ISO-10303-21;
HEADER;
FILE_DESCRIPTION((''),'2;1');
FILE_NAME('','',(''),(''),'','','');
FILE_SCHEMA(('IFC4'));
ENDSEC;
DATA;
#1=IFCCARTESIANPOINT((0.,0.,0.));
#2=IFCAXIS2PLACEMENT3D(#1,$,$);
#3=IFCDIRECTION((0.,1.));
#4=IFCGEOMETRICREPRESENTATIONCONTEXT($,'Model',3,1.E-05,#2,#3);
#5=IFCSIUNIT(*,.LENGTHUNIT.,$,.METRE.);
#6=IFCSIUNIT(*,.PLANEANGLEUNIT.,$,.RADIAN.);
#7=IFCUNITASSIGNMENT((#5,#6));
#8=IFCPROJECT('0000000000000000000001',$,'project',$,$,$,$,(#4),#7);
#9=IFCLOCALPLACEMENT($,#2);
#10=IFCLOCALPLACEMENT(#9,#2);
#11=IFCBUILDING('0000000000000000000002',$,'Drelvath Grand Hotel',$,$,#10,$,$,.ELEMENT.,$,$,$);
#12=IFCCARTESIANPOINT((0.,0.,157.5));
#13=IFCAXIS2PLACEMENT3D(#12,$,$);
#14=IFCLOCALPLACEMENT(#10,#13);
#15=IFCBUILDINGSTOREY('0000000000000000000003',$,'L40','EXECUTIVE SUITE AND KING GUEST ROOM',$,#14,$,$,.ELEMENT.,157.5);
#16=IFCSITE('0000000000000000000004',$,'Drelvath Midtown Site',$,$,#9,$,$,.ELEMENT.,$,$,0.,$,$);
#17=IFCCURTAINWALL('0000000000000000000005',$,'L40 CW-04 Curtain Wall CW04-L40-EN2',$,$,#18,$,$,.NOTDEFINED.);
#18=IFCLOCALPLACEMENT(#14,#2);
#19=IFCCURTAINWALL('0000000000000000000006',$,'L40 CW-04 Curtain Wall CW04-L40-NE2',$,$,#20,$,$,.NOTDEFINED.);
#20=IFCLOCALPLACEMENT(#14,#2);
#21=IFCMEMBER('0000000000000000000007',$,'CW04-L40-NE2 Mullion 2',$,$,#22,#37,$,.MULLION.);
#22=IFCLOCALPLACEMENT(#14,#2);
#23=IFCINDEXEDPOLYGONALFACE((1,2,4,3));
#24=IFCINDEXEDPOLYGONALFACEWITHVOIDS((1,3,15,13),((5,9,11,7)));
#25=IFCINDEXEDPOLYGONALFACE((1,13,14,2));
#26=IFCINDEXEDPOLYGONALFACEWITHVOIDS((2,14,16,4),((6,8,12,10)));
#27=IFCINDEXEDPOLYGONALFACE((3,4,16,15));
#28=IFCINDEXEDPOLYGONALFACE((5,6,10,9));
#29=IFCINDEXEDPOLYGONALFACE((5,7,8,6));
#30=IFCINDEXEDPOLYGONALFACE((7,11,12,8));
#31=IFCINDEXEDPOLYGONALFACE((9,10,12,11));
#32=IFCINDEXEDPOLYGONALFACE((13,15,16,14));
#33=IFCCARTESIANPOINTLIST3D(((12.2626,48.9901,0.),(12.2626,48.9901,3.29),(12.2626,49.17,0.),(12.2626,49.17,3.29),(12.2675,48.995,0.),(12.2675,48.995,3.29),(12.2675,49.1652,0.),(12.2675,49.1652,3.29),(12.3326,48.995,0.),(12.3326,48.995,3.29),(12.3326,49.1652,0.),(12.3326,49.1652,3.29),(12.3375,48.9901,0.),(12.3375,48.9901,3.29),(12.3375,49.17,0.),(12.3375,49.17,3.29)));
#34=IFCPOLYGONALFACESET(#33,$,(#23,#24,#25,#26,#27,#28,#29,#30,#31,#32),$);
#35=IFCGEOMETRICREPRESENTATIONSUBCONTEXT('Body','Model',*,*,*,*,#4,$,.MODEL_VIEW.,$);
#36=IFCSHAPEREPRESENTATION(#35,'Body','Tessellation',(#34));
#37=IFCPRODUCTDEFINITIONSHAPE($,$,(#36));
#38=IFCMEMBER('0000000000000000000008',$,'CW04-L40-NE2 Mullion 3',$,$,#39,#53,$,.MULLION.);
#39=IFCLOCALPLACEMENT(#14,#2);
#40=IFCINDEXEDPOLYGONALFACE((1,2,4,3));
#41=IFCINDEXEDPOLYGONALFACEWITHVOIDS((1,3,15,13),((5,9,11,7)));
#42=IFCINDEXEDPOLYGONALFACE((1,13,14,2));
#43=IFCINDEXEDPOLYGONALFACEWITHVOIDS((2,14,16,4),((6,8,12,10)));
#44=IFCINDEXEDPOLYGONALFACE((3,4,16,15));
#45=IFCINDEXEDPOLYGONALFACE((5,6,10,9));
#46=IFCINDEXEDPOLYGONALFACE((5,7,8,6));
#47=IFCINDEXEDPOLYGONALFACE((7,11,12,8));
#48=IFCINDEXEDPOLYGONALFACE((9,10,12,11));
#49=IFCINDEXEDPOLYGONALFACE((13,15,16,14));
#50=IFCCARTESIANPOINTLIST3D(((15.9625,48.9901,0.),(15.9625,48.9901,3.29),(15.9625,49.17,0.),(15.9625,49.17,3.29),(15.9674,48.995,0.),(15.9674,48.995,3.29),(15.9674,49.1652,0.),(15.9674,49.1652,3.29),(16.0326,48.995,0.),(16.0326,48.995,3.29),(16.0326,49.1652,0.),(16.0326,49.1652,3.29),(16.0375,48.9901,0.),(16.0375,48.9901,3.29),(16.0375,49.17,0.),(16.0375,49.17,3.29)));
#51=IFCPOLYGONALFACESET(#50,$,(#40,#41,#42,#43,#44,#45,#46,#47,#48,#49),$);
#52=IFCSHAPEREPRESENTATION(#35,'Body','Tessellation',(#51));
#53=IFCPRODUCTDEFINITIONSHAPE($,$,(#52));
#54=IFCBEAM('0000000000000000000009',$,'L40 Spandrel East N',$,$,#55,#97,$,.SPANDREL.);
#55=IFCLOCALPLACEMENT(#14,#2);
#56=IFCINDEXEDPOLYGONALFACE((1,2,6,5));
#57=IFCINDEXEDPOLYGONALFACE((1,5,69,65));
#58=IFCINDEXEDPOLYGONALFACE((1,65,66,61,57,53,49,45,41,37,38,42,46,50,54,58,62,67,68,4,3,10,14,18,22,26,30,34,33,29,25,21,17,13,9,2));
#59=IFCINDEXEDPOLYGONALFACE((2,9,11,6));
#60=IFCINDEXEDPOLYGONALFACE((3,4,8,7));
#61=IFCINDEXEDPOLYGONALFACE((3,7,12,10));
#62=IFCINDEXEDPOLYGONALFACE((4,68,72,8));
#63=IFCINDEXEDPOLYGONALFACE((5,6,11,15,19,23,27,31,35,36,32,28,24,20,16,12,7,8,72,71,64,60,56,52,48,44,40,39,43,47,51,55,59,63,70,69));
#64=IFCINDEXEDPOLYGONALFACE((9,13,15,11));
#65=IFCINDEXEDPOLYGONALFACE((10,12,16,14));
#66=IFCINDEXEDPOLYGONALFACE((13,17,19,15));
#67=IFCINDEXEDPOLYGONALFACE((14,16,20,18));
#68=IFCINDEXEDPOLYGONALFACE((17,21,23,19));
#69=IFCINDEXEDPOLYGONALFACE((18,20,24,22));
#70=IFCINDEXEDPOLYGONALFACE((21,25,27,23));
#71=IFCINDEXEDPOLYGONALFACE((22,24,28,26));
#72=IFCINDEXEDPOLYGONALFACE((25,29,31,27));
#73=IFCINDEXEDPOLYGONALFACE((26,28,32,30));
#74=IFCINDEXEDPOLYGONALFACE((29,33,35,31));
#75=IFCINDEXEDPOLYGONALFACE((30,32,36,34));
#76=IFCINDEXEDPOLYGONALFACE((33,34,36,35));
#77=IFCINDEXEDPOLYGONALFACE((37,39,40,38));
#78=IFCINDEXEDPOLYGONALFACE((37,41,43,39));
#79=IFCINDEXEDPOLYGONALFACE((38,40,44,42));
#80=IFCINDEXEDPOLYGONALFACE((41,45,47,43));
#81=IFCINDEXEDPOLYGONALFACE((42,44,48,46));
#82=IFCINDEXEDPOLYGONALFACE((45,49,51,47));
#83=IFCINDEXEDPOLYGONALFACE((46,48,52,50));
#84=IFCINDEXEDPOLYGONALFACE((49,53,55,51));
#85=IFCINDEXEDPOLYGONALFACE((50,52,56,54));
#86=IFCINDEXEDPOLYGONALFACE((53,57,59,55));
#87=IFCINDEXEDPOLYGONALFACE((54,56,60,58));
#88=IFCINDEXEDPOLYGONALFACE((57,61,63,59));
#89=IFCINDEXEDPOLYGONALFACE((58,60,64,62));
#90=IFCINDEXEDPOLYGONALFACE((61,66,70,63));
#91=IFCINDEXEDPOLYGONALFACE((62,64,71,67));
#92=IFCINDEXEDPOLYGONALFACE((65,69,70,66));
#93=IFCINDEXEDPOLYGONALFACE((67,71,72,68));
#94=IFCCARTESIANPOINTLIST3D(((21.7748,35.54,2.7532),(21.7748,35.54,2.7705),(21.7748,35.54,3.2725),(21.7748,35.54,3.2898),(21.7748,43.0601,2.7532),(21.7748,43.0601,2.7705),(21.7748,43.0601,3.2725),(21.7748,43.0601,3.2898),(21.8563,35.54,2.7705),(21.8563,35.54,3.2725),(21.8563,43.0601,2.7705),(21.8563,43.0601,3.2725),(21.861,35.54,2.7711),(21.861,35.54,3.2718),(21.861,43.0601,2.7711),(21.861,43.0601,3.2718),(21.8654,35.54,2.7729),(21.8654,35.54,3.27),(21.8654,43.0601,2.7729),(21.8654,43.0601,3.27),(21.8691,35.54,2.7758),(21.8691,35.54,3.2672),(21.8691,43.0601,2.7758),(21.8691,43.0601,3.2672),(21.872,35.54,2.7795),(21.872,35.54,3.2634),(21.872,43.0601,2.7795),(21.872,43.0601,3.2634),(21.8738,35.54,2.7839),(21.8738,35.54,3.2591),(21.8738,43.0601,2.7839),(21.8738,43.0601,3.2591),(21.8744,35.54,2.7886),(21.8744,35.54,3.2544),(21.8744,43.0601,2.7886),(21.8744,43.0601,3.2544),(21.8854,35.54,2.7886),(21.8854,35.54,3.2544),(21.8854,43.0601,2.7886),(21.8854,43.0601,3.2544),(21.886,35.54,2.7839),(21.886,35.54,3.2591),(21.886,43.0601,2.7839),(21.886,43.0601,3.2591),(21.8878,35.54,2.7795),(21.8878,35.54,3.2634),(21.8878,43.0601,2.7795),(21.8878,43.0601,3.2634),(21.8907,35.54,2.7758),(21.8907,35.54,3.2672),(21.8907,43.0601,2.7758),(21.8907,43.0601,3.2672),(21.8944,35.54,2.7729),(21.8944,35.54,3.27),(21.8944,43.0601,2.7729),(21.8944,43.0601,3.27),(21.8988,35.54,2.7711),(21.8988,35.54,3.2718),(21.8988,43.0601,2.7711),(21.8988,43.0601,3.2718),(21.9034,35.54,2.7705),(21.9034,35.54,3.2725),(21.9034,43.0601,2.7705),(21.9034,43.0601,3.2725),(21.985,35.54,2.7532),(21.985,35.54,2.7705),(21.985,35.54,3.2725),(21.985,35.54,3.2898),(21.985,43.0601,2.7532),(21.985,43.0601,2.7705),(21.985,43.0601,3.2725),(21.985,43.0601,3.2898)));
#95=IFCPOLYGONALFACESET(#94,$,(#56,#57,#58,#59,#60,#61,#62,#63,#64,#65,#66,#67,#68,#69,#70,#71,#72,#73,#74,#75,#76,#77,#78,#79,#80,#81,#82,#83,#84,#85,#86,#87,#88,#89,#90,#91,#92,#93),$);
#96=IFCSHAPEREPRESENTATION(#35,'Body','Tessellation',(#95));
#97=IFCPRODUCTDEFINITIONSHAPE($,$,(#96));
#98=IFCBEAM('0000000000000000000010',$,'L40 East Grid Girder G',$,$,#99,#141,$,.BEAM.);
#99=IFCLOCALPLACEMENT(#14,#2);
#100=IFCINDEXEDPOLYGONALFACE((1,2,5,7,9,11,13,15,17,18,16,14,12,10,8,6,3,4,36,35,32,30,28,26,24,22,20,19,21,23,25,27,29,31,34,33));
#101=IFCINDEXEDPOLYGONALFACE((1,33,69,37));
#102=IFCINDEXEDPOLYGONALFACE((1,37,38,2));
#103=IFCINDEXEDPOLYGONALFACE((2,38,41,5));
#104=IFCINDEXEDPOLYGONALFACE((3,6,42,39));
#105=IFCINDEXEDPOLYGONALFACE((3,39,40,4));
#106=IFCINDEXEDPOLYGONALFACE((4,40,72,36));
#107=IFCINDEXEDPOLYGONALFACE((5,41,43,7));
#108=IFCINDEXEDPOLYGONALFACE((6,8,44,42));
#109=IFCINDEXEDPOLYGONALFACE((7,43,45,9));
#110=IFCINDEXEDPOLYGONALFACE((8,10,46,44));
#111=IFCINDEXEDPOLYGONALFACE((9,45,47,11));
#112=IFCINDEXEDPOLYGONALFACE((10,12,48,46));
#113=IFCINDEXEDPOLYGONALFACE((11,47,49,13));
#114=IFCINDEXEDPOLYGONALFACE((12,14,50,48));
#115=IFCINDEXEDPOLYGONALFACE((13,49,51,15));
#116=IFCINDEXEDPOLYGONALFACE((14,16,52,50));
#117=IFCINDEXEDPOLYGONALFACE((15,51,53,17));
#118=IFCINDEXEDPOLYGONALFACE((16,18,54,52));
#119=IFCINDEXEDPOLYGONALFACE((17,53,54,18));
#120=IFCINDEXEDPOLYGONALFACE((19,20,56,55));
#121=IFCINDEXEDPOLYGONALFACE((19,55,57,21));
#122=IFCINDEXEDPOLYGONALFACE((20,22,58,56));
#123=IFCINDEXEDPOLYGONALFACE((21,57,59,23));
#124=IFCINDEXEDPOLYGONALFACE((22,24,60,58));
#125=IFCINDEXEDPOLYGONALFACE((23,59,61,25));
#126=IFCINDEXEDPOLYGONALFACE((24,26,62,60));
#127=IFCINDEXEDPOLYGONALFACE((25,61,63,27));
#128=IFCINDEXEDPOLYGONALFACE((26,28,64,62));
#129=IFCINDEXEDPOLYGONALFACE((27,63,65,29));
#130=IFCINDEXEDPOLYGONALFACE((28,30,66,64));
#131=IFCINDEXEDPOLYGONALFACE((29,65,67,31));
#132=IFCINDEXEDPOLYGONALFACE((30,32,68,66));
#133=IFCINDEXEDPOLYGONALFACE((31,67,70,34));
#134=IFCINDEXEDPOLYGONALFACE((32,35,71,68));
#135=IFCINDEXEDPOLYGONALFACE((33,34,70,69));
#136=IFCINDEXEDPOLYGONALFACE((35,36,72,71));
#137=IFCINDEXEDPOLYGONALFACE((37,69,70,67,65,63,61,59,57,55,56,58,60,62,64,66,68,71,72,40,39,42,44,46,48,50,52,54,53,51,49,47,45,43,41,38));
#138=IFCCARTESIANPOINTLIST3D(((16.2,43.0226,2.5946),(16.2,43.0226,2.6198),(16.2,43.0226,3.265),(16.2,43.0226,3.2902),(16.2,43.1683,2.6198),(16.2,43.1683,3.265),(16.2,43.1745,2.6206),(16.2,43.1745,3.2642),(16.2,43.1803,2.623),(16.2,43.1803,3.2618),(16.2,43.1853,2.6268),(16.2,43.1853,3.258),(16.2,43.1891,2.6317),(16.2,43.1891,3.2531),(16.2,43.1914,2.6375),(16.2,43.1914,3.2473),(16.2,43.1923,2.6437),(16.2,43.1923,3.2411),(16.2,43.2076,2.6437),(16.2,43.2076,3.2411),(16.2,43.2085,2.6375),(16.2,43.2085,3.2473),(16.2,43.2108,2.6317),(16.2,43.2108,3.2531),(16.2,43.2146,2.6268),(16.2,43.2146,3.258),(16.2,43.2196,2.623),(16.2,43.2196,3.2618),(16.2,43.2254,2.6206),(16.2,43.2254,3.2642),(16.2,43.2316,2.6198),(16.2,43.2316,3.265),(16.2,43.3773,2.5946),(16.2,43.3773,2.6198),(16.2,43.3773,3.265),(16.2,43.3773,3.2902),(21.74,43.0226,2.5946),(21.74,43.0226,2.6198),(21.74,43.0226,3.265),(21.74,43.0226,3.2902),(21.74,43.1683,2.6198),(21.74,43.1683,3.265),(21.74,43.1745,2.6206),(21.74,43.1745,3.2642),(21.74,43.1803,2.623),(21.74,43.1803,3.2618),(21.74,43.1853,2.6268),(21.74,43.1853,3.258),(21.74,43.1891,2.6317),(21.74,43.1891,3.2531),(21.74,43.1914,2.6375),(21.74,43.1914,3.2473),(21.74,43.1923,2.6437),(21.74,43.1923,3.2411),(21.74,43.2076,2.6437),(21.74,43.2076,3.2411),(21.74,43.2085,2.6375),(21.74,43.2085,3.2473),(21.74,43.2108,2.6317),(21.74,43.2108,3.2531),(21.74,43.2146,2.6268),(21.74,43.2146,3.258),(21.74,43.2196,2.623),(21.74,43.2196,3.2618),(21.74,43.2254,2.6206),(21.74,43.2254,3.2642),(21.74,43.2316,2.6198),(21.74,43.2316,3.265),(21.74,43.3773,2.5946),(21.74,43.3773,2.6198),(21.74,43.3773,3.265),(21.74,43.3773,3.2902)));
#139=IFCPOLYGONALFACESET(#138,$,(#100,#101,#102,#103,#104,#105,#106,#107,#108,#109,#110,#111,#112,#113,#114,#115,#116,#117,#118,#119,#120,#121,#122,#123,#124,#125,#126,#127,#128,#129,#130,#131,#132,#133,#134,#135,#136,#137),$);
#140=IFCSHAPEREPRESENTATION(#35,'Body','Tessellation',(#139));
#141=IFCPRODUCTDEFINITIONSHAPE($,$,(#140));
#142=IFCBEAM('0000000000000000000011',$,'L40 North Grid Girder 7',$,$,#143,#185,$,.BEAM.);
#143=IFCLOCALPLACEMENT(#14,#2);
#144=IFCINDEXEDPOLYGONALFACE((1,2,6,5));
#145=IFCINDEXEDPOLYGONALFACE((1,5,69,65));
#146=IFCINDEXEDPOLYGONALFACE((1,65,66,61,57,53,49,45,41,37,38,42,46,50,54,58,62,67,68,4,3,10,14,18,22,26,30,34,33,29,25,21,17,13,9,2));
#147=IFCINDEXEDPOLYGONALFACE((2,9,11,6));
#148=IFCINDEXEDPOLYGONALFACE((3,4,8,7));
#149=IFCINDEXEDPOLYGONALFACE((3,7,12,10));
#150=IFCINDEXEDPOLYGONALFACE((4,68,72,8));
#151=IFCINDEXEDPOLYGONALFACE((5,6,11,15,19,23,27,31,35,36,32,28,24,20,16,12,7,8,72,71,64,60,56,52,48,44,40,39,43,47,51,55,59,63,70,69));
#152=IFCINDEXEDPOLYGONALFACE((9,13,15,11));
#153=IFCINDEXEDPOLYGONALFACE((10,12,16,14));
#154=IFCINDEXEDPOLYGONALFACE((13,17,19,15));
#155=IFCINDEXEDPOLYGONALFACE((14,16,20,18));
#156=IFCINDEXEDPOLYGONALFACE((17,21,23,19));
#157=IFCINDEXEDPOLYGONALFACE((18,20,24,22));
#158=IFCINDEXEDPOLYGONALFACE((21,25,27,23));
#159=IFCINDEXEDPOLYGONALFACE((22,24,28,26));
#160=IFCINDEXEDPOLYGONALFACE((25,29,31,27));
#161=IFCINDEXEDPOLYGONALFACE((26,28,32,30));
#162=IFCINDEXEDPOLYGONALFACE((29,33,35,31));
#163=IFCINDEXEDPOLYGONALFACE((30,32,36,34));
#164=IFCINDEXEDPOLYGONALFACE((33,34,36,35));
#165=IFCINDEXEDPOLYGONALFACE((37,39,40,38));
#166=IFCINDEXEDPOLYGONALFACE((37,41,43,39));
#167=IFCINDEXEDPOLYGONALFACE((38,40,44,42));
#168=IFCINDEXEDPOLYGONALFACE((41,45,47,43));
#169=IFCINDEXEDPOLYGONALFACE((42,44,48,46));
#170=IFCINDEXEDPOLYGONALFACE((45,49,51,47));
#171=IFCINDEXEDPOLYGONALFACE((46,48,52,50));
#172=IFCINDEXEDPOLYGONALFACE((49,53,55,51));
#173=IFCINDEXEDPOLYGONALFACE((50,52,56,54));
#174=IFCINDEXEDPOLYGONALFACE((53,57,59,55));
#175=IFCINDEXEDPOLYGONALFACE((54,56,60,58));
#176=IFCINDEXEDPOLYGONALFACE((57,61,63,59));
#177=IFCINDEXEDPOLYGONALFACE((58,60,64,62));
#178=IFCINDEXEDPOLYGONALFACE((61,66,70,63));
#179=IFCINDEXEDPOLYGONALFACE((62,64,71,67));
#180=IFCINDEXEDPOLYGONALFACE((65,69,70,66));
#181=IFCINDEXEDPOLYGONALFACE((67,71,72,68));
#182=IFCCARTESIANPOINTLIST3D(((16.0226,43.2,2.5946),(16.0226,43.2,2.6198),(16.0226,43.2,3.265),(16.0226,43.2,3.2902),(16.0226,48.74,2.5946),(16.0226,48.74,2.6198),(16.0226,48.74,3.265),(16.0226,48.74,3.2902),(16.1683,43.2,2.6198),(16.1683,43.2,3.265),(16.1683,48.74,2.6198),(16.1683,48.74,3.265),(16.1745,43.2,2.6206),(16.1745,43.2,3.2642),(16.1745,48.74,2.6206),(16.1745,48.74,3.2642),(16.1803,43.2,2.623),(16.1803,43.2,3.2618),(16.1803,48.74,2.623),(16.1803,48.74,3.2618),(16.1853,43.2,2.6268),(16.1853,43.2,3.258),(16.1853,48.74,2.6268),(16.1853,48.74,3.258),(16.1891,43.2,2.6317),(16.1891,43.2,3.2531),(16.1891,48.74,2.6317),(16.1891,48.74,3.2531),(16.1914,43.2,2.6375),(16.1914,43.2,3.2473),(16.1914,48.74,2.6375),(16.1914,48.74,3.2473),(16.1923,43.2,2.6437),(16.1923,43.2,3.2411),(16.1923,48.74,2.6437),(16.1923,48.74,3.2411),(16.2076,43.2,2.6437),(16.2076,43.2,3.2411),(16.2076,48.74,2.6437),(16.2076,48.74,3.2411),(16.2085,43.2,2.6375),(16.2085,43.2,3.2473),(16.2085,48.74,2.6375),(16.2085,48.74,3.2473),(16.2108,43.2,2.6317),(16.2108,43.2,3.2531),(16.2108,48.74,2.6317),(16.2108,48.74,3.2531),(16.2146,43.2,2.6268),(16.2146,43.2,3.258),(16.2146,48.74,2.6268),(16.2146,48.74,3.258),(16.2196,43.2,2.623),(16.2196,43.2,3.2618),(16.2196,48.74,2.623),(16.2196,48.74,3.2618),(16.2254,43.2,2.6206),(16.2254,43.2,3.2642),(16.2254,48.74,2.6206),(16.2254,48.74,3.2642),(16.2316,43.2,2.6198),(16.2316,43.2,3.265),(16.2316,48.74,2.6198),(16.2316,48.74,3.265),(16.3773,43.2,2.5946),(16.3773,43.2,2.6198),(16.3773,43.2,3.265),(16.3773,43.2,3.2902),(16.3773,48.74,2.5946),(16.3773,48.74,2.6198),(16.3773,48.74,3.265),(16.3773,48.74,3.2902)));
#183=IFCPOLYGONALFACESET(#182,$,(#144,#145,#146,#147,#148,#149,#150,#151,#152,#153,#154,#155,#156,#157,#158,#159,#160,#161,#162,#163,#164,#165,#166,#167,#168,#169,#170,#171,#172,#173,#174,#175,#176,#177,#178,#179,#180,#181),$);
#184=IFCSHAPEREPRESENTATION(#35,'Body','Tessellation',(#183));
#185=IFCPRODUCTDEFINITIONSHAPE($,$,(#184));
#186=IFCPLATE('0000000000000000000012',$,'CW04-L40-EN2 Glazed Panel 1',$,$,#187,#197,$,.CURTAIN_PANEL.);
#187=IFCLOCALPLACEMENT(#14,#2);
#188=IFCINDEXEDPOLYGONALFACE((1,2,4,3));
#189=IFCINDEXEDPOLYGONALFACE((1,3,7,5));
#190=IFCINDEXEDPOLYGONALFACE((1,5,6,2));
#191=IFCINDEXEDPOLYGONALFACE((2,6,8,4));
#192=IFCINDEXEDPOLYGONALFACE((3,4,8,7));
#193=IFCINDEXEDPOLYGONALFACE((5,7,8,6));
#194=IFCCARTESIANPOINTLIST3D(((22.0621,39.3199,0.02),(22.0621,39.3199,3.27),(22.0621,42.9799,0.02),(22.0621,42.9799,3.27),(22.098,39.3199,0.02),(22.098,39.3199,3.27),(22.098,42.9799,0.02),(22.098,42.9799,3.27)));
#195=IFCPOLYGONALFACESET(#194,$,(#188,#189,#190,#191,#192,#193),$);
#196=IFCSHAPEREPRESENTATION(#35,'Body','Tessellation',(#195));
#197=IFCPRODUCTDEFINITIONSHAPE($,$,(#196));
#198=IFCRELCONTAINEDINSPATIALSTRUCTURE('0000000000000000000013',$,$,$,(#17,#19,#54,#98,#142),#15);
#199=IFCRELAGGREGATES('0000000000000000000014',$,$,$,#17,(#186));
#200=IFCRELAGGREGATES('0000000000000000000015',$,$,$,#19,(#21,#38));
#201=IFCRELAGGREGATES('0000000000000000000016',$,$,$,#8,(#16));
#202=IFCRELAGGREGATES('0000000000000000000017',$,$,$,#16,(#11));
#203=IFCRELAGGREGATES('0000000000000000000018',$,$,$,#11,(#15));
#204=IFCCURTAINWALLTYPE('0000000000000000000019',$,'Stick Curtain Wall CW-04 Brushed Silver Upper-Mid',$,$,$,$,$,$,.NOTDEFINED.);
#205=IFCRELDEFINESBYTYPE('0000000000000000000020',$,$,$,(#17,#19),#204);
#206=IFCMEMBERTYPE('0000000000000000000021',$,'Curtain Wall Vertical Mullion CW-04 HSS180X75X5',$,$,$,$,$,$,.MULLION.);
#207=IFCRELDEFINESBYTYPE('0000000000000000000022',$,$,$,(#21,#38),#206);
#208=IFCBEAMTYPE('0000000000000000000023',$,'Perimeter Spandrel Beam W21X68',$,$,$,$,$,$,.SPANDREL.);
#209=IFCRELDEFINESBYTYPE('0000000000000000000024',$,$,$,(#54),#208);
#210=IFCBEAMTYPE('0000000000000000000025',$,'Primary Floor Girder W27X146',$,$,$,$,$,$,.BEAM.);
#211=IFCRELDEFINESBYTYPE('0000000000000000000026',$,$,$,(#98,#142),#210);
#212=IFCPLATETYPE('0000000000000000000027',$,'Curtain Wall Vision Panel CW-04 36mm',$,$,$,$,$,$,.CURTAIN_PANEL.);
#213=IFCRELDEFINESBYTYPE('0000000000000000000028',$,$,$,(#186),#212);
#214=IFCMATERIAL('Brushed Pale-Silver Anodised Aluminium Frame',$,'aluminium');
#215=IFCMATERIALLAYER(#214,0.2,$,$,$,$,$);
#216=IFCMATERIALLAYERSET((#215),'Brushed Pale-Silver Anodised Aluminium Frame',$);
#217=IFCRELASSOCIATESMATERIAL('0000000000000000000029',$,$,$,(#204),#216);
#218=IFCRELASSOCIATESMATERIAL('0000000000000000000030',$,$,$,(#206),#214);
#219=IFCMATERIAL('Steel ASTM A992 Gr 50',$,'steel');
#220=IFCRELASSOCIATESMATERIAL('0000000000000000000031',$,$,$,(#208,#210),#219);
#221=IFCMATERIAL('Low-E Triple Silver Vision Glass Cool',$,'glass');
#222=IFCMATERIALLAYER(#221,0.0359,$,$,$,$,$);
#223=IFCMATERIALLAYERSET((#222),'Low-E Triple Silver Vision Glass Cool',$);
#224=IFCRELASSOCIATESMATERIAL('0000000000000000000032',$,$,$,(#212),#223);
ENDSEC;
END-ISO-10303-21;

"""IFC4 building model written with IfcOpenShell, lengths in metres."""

from ifc_helpers import new_model, si_unit, direction, frame, origin, origin_2d, place, context, subcontext, project, spatial, rectangle, hollow_rectangle, i_section, extrude, material, layer, layer_set, material_profile, profile_set, type_object, element, aggregate, save


model = new_model("IFC4")

# Units and contexts
model_context = context("Model", 3, precision=1e-05, world=origin(), true_north=direction((0.0, 1.0)))
body_context = subcontext(model_context, "Body", "Model", "MODEL_VIEW")
ifc_project = project(units=[si_unit("LENGTHUNIT", "METRE"), si_unit("PLANEANGLEUNIT", "RADIAN")], contexts=[model_context])

# Site, building, storey
site_placement = place(None, origin())
site = spatial("IfcSite", under=ifc_project, at=site_placement, Name="Drelvath Midtown Site", CompositionType="ELEMENT", RefElevation=0.0)
building_placement = place(site_placement, origin())
building = spatial("IfcBuilding", under=site, at=building_placement, Name="Drelvath Grand Hotel", CompositionType="ELEMENT")
storey_placement = place(building_placement, frame((0.0, 0.0, 157.5)))
storey = spatial("IfcBuildingStorey", under=building, at=storey_placement, Name="L40", Description="EXECUTIVE SUITE AND KING GUEST ROOM", CompositionType="ELEMENT", Elevation=157.5)

# Curtain walls, members
ifc_material_1 = material(Name="Brushed Pale-Silver Anodised Aluminium Frame", Category="aluminium")
ifc_layer_1 = layer(ifc_material_1, 0.2)
ifc_layer_set_1 = layer_set([ifc_layer_1], Name="Brushed Pale-Silver Anodised Aluminium Frame")
curtain_wall_type = type_object("IfcCurtainWallType", Name="Stick Curtain Wall CW-04 Brushed Silver Upper-Mid", PredefinedType="NOTDEFINED", material=ifc_layer_set_1)
curtain_wall_1_placement = place(storey_placement, origin())
curtain_wall_1 = element("IfcCurtainWall", 1, at=curtain_wall_1_placement, inside=storey, type_object=curtain_wall_type, Name="L40 CW-04 Curtain Wall CW04-L40-EN2", PredefinedType="NOTDEFINED")
ifc_material_profile_1 = material_profile(ifc_material_1, hollow_rectangle(XDim=0.075, YDim=0.1799, WallThickness=0.0049, at=origin_2d()), Name="HSS180X75X5")
ifc_profile_set_1 = profile_set([ifc_material_profile_1], Name="Brushed Pale-Silver Anodised Aluminium Frame")
member_type_1 = type_object("IfcMemberType", Name="Curtain Wall Vertical Mullion CW-04 HSS180X75X5", PredefinedType="MULLION", material=ifc_profile_set_1)
curtain_wall_2_placement = place(storey_placement, origin())
curtain_wall_2 = element("IfcCurtainWall", 2, at=curtain_wall_2_placement, inside=storey, type_object=curtain_wall_type, Name="L40 CW-04 Curtain Wall CW04-L40-NE2", PredefinedType="NOTDEFINED")
member_1_placement = place(storey_placement, frame((12.3, 49.0801, 0.0), z_axis=(0.0, 0.0, 1.0), x_axis=(1.0, 0.0, 0.0)))
member_1 = element("IfcMember", 3, at=member_1_placement, type_object=member_type_1, Name="CW04-L40-NE2 Mullion 2", PredefinedType="MULLION", context=body_context, shape_type="SweptSolid", body=[
    extrude(hollow_rectangle(XDim=0.075, YDim=0.1799, WallThickness=0.0049, at=origin_2d()), origin(), (0.0, 0.0, 1.0), 3.29),
])
member_2_placement = place(storey_placement, frame((16.0, 49.0801, 0.0), z_axis=(0.0, 0.0, 1.0), x_axis=(1.0, 0.0, 0.0)))
member_2 = element("IfcMember", 4, at=member_2_placement, type_object=member_type_1, Name="CW04-L40-NE2 Mullion 3", PredefinedType="MULLION", context=body_context, shape_type="SweptSolid", body=[
    extrude(hollow_rectangle(XDim=0.075, YDim=0.1799, WallThickness=0.0049, at=origin_2d()), origin(), (0.0, 0.0, 1.0), 3.29),
])

# Beams
ifc_material_2 = material(Name="Steel ASTM A992 Gr 50", Category="steel")
ifc_material_profile_2 = material_profile(ifc_material_2, i_section(OverallWidth=0.2102, OverallDepth=0.5366, WebThickness=0.011, FlangeThickness=0.0173, FilletRadius=0.0181, at=origin_2d()), Name="W21X68")
ifc_profile_set_2 = profile_set([ifc_material_profile_2], Name="Steel ASTM A992 Gr 50")
beam_type_1 = type_object("IfcBeamType", Name="Perimeter Spandrel Beam W21X68", PredefinedType="SPANDREL", material=ifc_profile_set_2)
beam_placement = place(storey_placement, frame((21.8799, 35.54, 3.0215), z_axis=(0.0, 1.0, 0.0), x_axis=(-1.0, 0.0, 0.0)))
element("IfcBeam", 5, at=beam_placement, inside=storey, type_object=beam_type_1, Name="L40 Spandrel East N", PredefinedType="SPANDREL", context=body_context, shape_type="SweptSolid", body=[
    extrude(i_section(OverallWidth=0.2102, OverallDepth=0.5366, WebThickness=0.011, FlangeThickness=0.0173, FilletRadius=0.0181, at=origin_2d()), origin(), (0.0, 0.0, 1.0), 7.52),
])
ifc_material_profile_3 = material_profile(ifc_material_2, i_section(OverallWidth=0.3547, OverallDepth=0.6956, WebThickness=0.0154, FlangeThickness=0.0251, FilletRadius=0.0239, at=origin_2d()), Name="W27X146")
ifc_profile_set_3 = profile_set([ifc_material_profile_3], Name="Steel ASTM A992 Gr 50")
beam_type_2 = type_object("IfcBeamType", Name="Primary Floor Girder W27X146", PredefinedType="BEAM", material=ifc_profile_set_3)
for number, where, z_axis, x_axis, name in (
    (6, (16.2, 43.2, 2.9424), (1.0, 0.0, 0.0), (0.0, 1.0, 0.0), "L40 East Grid Girder G"),
    (7, (16.2, 43.2, 2.9424), (0.0, 1.0, 0.0), (-1.0, 0.0, 0.0), "L40 North Grid Girder 7"),
):
    element("IfcBeam", number, at=place(storey_placement, frame(where, z_axis=z_axis, x_axis=x_axis)), inside=storey, type_object=beam_type_2, Name=name, PredefinedType="BEAM", context=body_context, shape_type="SweptSolid", body=[
        extrude(i_section(OverallWidth=0.3547, OverallDepth=0.6956, WebThickness=0.0154, FlangeThickness=0.0251, FilletRadius=0.0239, at=origin_2d()), origin(), (0.0, 0.0, 1.0), 5.54),
    ])

# Plate
ifc_material_3 = material(Name="Low-E Triple Silver Vision Glass Cool", Category="glass")
ifc_layer_2 = layer(ifc_material_3, 0.0359)
ifc_layer_set_2 = layer_set([ifc_layer_2], Name="Low-E Triple Silver Vision Glass Cool")
plate_type = type_object("IfcPlateType", Name="Curtain Wall Vision Panel CW-04 36mm", PredefinedType="CURTAIN_PANEL", material=ifc_layer_set_2)
plate_1_placement = place(storey_placement, frame((22.0801, 41.1499, 0.02), z_axis=(0.0, 0.0, 1.0), x_axis=(0.0, -1.0, 0.0)))
plate_1 = element("IfcPlate", 8, at=plate_1_placement, type_object=plate_type, Name="CW04-L40-EN2 Glazed Panel 1", PredefinedType="CURTAIN_PANEL", context=body_context, shape_type="SweptSolid", body=[
    extrude(rectangle(XDim=3.6599, YDim=0.0359, at=origin_2d()), origin(), (0.0, 0.0, 1.0), 3.25),
])
aggregate(curtain_wall_1, [plate_1])
aggregate(curtain_wall_2, [member_1, member_2])

save(model, "model.ifc")
